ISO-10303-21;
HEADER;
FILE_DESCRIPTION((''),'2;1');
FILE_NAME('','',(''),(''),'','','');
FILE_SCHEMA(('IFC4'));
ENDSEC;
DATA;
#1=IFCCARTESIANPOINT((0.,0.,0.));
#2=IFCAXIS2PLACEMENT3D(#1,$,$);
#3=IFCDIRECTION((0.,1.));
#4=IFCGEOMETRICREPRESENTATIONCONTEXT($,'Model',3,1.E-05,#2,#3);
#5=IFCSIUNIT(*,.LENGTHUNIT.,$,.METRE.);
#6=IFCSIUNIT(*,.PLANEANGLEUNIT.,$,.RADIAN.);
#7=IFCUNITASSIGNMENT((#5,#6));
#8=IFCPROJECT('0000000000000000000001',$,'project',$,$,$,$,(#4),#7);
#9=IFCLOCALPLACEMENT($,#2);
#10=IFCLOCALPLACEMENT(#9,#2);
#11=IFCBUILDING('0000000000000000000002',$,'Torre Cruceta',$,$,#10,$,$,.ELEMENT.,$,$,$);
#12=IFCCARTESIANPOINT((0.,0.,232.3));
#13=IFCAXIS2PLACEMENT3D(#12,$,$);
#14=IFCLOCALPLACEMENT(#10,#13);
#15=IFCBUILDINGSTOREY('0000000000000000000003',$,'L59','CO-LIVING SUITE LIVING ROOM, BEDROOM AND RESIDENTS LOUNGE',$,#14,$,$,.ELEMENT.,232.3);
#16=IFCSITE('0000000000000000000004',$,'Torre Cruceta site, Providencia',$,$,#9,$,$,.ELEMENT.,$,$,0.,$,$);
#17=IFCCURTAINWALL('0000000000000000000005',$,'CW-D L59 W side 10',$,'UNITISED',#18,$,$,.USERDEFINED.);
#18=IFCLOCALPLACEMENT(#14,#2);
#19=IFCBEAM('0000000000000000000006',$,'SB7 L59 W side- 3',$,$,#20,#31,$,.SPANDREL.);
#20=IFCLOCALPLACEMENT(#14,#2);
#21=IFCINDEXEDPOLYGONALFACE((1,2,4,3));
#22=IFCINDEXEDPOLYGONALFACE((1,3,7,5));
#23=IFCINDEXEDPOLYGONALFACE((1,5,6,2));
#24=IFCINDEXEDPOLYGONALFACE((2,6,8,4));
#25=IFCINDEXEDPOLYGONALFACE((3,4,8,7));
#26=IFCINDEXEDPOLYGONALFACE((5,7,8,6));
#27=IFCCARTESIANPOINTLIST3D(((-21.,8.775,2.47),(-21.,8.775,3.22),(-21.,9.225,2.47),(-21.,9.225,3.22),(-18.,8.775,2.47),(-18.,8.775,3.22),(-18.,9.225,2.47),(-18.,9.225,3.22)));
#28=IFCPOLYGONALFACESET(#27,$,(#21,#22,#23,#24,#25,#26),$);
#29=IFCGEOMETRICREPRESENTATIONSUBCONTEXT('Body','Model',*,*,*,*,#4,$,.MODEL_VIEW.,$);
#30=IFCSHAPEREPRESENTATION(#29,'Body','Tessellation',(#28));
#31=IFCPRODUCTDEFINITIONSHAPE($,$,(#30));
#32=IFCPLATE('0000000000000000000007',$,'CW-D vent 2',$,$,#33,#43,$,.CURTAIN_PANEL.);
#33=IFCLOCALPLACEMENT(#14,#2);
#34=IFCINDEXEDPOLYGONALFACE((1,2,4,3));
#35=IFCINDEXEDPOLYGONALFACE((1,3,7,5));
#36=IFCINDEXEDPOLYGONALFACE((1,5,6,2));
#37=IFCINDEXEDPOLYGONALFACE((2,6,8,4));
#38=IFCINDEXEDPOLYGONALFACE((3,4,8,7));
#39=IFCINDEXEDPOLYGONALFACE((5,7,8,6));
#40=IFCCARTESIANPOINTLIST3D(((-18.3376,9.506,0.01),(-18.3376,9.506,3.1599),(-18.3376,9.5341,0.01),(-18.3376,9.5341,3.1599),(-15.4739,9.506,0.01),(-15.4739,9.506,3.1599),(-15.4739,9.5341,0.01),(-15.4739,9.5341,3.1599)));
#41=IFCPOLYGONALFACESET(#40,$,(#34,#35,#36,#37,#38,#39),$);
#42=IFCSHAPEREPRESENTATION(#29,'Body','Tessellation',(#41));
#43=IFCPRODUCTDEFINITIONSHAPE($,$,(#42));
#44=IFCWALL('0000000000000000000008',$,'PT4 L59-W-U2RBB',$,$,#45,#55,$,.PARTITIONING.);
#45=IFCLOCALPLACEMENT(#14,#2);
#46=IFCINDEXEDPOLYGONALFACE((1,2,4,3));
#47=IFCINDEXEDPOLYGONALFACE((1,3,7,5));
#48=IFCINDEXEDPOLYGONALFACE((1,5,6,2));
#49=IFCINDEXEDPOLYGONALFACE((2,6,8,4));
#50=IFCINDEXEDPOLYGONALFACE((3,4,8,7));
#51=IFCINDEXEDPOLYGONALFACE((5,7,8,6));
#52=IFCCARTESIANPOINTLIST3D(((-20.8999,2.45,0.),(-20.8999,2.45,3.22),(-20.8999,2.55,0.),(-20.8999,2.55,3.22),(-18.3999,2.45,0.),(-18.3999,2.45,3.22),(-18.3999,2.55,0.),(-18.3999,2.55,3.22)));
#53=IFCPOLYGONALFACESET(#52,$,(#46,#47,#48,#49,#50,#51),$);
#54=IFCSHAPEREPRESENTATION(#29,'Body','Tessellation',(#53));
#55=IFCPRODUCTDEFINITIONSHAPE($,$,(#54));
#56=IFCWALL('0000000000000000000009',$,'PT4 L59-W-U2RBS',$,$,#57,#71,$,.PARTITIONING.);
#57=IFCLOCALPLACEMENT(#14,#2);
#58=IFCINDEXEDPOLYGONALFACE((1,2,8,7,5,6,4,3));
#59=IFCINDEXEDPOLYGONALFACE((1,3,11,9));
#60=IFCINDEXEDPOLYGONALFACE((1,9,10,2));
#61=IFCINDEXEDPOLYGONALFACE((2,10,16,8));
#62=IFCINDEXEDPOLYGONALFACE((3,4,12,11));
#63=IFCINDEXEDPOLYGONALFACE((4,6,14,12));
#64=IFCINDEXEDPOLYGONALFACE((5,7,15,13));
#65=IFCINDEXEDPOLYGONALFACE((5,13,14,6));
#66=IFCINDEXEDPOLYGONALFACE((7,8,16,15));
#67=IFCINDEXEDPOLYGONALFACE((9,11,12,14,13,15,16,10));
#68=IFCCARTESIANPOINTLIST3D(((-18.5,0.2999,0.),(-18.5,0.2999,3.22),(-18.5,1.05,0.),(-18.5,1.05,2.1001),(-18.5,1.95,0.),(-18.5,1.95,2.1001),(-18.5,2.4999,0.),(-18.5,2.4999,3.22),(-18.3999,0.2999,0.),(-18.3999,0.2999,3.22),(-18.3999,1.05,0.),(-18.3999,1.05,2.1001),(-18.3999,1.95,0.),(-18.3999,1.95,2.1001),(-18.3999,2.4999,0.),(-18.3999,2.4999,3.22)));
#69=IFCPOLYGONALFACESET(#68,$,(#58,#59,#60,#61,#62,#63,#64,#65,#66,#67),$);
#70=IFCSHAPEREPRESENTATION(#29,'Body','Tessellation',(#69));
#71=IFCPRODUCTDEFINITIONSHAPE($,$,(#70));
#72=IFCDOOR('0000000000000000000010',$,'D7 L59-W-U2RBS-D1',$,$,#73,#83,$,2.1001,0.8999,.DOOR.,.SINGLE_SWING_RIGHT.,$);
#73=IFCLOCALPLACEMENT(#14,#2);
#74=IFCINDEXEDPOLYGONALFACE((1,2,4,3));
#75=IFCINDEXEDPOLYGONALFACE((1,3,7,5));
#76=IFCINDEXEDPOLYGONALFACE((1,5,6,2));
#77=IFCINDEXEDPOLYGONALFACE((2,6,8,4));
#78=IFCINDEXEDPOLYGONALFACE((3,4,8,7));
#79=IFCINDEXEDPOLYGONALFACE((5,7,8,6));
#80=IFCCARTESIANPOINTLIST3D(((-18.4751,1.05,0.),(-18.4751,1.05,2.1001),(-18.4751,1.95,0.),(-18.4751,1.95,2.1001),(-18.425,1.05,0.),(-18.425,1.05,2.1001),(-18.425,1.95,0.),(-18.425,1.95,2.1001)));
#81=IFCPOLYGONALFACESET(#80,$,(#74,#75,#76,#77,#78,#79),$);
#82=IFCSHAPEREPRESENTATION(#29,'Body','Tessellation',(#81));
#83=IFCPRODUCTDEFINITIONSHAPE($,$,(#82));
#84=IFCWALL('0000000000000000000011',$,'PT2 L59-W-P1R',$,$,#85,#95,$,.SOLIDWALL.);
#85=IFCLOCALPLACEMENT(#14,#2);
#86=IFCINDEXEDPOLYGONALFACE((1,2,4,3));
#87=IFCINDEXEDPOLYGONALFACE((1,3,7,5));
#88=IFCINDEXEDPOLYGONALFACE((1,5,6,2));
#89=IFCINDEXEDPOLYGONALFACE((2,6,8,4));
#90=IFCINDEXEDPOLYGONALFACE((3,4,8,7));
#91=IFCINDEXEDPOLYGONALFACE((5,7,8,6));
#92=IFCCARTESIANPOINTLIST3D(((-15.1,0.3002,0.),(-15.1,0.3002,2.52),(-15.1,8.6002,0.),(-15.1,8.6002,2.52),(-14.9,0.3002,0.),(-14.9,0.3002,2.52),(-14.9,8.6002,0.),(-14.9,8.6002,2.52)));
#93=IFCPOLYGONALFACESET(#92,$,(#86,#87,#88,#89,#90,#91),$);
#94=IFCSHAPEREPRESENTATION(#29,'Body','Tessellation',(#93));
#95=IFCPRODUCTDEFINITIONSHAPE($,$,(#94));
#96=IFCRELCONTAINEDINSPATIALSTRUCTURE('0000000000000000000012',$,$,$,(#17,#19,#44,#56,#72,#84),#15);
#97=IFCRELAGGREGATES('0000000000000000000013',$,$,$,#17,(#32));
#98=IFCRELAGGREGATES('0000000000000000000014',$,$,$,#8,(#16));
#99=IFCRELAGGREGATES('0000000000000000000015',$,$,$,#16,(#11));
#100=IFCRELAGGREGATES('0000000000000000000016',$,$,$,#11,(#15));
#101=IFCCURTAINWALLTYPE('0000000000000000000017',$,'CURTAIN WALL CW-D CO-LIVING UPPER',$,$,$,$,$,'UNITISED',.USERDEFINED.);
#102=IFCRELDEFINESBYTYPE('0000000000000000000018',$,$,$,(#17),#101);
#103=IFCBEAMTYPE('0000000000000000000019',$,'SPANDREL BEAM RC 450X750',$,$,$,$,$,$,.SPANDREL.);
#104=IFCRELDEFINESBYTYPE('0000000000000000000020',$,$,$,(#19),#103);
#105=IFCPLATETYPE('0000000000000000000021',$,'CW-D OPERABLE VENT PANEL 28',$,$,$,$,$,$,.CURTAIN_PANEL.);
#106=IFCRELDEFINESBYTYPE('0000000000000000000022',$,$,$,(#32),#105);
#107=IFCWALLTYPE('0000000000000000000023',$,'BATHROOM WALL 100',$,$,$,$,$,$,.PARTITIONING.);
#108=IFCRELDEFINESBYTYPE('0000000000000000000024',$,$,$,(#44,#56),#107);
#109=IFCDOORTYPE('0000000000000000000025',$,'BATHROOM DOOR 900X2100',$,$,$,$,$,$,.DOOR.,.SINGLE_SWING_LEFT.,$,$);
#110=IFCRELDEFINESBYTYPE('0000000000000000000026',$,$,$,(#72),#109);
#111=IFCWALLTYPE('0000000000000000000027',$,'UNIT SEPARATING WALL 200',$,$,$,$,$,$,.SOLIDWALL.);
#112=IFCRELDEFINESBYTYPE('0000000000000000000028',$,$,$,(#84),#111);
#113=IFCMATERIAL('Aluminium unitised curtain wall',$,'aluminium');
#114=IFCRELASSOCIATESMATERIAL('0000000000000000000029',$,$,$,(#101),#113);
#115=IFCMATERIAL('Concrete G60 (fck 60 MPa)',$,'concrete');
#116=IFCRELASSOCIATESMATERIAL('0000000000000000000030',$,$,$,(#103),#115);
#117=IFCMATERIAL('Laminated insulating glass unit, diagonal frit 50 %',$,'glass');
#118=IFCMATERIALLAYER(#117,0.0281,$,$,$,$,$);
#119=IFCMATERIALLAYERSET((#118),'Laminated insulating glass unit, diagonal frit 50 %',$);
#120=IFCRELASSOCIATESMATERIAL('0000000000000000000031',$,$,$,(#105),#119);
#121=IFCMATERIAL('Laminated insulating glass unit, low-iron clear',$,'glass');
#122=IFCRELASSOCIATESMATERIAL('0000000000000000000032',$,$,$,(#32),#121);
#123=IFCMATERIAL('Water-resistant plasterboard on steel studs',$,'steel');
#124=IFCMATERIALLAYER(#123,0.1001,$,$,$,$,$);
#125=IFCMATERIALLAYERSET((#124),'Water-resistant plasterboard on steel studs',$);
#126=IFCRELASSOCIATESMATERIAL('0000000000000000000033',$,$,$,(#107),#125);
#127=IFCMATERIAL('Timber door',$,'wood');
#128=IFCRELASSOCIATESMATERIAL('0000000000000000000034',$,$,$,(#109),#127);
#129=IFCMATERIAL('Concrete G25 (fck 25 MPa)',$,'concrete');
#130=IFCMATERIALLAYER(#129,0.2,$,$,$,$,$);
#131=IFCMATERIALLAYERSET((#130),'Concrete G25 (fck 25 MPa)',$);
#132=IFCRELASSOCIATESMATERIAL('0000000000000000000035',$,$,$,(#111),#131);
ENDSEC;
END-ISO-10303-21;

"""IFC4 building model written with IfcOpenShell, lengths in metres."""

from ifc_helpers import new_model, si_unit, direction, frame, frame_2d, origin, origin_2d, place, context, subcontext, project, spatial, rectangle, extrude, material, layer, layer_set, material_profile, profile_set, type_object, element, fill, aggregate, save


model = new_model("IFC4")

# Units and contexts
model_context = context("Model", 3, precision=1e-05, world=origin(), true_north=direction((0.0, 1.0)))
body_context = subcontext(model_context, "Body", "Model", "MODEL_VIEW")
ifc_project = project(units=[si_unit("LENGTHUNIT", "METRE"), si_unit("PLANEANGLEUNIT", "RADIAN")], contexts=[model_context])

# Site, building, storey
site_placement = place(None, origin())
site = spatial("IfcSite", under=ifc_project, at=site_placement, Name="Torre Cruceta site, Providencia", CompositionType="ELEMENT", RefElevation=0.0)
building_placement = place(site_placement, origin())
building = spatial("IfcBuilding", under=site, at=building_placement, Name="Torre Cruceta", CompositionType="ELEMENT")
storey_placement = place(building_placement, frame((0.0, 0.0, 232.3)))
storey = spatial("IfcBuildingStorey", under=building, at=storey_placement, Name="L59", Description="CO-LIVING SUITE LIVING ROOM, BEDROOM AND RESIDENTS LOUNGE", CompositionType="ELEMENT", Elevation=232.3)

# Curtain wall
ifc_material_1 = material(Name="Aluminium unitised curtain wall", Category="aluminium")
curtain_wall_type = type_object("IfcCurtainWallType", Name="CURTAIN WALL CW-D CO-LIVING UPPER", ElementType="UNITISED", PredefinedType="USERDEFINED", material=ifc_material_1)
curtain_wall_placement = place(storey_placement, origin())
curtain_wall = element("IfcCurtainWall", 1, at=curtain_wall_placement, inside=storey, type_object=curtain_wall_type, Name="CW-D L59 W side 10", ObjectType="UNITISED", PredefinedType="USERDEFINED")

# Beam
ifc_material_2 = material(Name="Concrete G60 (fck 60 MPa)", Category="concrete")
ifc_material_profile_1 = material_profile(ifc_material_2, rectangle(XDim=0.45, YDim=0.75, at=origin_2d()), Name="RC 450X750")
ifc_profile_set_1 = profile_set([ifc_material_profile_1], Name="Concrete G60 (fck 60 MPa)")
beam_type_1 = type_object("IfcBeamType", Name="SPANDREL BEAM RC 450X750", PredefinedType="SPANDREL", material=ifc_profile_set_1)
for number, where, z_axis, x_axis, name in (
    (2, (-18.0, 9.0, 2.845), (-1.0, 0.0, 0.0), (0.0, -1.0, 0.0), "SB7 L59 W side- 3"),
):
    element("IfcBeam", number, at=place(storey_placement, frame(where, z_axis=z_axis, x_axis=x_axis)), inside=storey, type_object=beam_type_1, Name=name, PredefinedType="SPANDREL", context=body_context, shape_type="SweptSolid", body=[
        extrude(rectangle(XDim=0.45, YDim=0.75, at=origin_2d()), origin(), (0.0, 0.0, 1.0), 3.0),
    ])

# Plate
ifc_material_3 = material(Name="Laminated insulating glass unit, low-iron clear", Category="glass")
ifc_material_4 = material(Name="Laminated insulating glass unit, diagonal frit 50 %", Category="glass")
ifc_layer_1 = layer(ifc_material_4, 0.0281)
ifc_layer_set_1 = layer_set([ifc_layer_1], Name="Laminated insulating glass unit, diagonal frit 50 %")
plate_type = type_object("IfcPlateType", Name="CW-D OPERABLE VENT PANEL 28", PredefinedType="CURTAIN_PANEL", material=ifc_layer_set_1)
plate_placement = place(storey_placement, frame((-16.9058, 9.52, 0.01), z_axis=(0.0, 0.0, 1.0), x_axis=(-1.0, 0.0, 0.0)))
plate = element("IfcPlate", 3, at=plate_placement, type_object=plate_type, material=ifc_material_3, Name="CW-D vent 2", PredefinedType="CURTAIN_PANEL", context=body_context, shape_type="SweptSolid", body=[
    extrude(rectangle(XDim=2.8638, YDim=0.0281, at=origin_2d()), origin(), (0.0, 0.0, 1.0), 3.1499),
])
aggregate(curtain_wall, [plate])

# Wall
ifc_material_5 = material(Name="Water-resistant plasterboard on steel studs", Category="steel")
ifc_layer_2 = layer(ifc_material_5, 0.1001)
ifc_layer_set_2 = layer_set([ifc_layer_2], Name="Water-resistant plasterboard on steel studs")
wall_type_1 = type_object("IfcWallType", Name="BATHROOM WALL 100", PredefinedType="PARTITIONING", material=ifc_layer_set_2)
wall_1_placement = place(storey_placement, frame((-18.3999, 2.5, 0.0), z_axis=(0.0, 0.0, 1.0), x_axis=(-1.0, 0.0, 0.0)))
element("IfcWall", 4, at=wall_1_placement, inside=storey, type_object=wall_type_1, Name="PT4 L59-W-U2RBB", PredefinedType="PARTITIONING", context=body_context, shape_type="SweptSolid", body=[
    extrude(rectangle(XDim=2.5, YDim=0.1001, at=frame_2d((1.25, 0.0))), origin(), (0.0, 0.0, 1.0), 3.22),
])

# Wall, opening, door
wall_2_placement = place(storey_placement, frame((-18.45, 2.5, 0.0), z_axis=(0.0, 0.0, 1.0), x_axis=(0.0, -1.0, 0.0)))
wall_2 = element("IfcWall", 5, at=wall_2_placement, inside=storey, type_object=wall_type_1, Name="PT4 L59-W-U2RBS", PredefinedType="PARTITIONING", context=body_context, shape_type="SweptSolid", body=[
    extrude(rectangle(XDim=2.2, YDim=0.1001, at=frame_2d((1.1001, 0.0))), origin(), (0.0, 0.0, 1.0), 3.22),
])
opening_placement = place(wall_2_placement, frame((0.55, 0.0, 0.0)))
opening = element("IfcOpeningElement", 6, at=opening_placement, cuts=wall_2, PredefinedType="OPENING", context=body_context, shape_type="SweptSolid", body=[
    extrude(rectangle(XDim=0.8999, YDim=2.1001, at=frame_2d((0.45, 1.05))), frame((0.0, 0.0601, 0.0), z_axis=(0.0, -1.0, 0.0), x_axis=(1.0, 0.0, 0.0)), (0.0, 0.0, 1.0), 0.1201),
])
ifc_material_6 = material(Name="Timber door", Category="wood")
door_type = type_object("IfcDoorType", Name="BATHROOM DOOR 900X2100", OperationType="SINGLE_SWING_LEFT", PredefinedType="DOOR", material=ifc_material_6)
door_placement = place(opening_placement, frame((0.8999, 0.0, 0.0), z_axis=(0.0, 0.0, 1.0), x_axis=(-1.0, 0.0, 0.0)))
door = element("IfcDoor", 7, at=door_placement, inside=storey, type_object=door_type, Name="D7 L59-W-U2RBS-D1", OperationType="SINGLE_SWING_RIGHT", OverallHeight=2.1001, OverallWidth=0.8999, PredefinedType="DOOR", context=body_context, shape_type="SweptSolid", body=[
    extrude(rectangle(XDim=0.8999, YDim=2.1001, at=frame_2d((0.45, 1.05))), frame((0.0, 0.0251, 0.0), z_axis=(0.0, -1.0, 0.0), x_axis=(1.0, 0.0, 0.0)), (0.0, 0.0, 1.0), 0.05),
])
fill(opening, door)

# Wall
ifc_material_7 = material(Name="Concrete G25 (fck 25 MPa)", Category="concrete")
ifc_layer_3 = layer(ifc_material_7, 0.2)
ifc_layer_set_3 = layer_set([ifc_layer_3], Name="Concrete G25 (fck 25 MPa)")
wall_type_2 = type_object("IfcWallType", Name="UNIT SEPARATING WALL 200", PredefinedType="SOLIDWALL", material=ifc_layer_set_3)
wall_3_placement = place(storey_placement, frame((-15.0, 8.6001, 0.0), z_axis=(0.0, 0.0, 1.0), x_axis=(0.0, -1.0, 0.0)))
element("IfcWall", 8, at=wall_3_placement, inside=storey, type_object=wall_type_2, Name="PT2 L59-W-P1R", PredefinedType="SOLIDWALL", context=body_context, shape_type="SweptSolid", body=[
    extrude(rectangle(XDim=8.3, YDim=0.2, at=frame_2d((4.1499, 0.0))), origin(), (0.0, 0.0, 1.0), 2.52),
])

save(model, "model.ifc")
